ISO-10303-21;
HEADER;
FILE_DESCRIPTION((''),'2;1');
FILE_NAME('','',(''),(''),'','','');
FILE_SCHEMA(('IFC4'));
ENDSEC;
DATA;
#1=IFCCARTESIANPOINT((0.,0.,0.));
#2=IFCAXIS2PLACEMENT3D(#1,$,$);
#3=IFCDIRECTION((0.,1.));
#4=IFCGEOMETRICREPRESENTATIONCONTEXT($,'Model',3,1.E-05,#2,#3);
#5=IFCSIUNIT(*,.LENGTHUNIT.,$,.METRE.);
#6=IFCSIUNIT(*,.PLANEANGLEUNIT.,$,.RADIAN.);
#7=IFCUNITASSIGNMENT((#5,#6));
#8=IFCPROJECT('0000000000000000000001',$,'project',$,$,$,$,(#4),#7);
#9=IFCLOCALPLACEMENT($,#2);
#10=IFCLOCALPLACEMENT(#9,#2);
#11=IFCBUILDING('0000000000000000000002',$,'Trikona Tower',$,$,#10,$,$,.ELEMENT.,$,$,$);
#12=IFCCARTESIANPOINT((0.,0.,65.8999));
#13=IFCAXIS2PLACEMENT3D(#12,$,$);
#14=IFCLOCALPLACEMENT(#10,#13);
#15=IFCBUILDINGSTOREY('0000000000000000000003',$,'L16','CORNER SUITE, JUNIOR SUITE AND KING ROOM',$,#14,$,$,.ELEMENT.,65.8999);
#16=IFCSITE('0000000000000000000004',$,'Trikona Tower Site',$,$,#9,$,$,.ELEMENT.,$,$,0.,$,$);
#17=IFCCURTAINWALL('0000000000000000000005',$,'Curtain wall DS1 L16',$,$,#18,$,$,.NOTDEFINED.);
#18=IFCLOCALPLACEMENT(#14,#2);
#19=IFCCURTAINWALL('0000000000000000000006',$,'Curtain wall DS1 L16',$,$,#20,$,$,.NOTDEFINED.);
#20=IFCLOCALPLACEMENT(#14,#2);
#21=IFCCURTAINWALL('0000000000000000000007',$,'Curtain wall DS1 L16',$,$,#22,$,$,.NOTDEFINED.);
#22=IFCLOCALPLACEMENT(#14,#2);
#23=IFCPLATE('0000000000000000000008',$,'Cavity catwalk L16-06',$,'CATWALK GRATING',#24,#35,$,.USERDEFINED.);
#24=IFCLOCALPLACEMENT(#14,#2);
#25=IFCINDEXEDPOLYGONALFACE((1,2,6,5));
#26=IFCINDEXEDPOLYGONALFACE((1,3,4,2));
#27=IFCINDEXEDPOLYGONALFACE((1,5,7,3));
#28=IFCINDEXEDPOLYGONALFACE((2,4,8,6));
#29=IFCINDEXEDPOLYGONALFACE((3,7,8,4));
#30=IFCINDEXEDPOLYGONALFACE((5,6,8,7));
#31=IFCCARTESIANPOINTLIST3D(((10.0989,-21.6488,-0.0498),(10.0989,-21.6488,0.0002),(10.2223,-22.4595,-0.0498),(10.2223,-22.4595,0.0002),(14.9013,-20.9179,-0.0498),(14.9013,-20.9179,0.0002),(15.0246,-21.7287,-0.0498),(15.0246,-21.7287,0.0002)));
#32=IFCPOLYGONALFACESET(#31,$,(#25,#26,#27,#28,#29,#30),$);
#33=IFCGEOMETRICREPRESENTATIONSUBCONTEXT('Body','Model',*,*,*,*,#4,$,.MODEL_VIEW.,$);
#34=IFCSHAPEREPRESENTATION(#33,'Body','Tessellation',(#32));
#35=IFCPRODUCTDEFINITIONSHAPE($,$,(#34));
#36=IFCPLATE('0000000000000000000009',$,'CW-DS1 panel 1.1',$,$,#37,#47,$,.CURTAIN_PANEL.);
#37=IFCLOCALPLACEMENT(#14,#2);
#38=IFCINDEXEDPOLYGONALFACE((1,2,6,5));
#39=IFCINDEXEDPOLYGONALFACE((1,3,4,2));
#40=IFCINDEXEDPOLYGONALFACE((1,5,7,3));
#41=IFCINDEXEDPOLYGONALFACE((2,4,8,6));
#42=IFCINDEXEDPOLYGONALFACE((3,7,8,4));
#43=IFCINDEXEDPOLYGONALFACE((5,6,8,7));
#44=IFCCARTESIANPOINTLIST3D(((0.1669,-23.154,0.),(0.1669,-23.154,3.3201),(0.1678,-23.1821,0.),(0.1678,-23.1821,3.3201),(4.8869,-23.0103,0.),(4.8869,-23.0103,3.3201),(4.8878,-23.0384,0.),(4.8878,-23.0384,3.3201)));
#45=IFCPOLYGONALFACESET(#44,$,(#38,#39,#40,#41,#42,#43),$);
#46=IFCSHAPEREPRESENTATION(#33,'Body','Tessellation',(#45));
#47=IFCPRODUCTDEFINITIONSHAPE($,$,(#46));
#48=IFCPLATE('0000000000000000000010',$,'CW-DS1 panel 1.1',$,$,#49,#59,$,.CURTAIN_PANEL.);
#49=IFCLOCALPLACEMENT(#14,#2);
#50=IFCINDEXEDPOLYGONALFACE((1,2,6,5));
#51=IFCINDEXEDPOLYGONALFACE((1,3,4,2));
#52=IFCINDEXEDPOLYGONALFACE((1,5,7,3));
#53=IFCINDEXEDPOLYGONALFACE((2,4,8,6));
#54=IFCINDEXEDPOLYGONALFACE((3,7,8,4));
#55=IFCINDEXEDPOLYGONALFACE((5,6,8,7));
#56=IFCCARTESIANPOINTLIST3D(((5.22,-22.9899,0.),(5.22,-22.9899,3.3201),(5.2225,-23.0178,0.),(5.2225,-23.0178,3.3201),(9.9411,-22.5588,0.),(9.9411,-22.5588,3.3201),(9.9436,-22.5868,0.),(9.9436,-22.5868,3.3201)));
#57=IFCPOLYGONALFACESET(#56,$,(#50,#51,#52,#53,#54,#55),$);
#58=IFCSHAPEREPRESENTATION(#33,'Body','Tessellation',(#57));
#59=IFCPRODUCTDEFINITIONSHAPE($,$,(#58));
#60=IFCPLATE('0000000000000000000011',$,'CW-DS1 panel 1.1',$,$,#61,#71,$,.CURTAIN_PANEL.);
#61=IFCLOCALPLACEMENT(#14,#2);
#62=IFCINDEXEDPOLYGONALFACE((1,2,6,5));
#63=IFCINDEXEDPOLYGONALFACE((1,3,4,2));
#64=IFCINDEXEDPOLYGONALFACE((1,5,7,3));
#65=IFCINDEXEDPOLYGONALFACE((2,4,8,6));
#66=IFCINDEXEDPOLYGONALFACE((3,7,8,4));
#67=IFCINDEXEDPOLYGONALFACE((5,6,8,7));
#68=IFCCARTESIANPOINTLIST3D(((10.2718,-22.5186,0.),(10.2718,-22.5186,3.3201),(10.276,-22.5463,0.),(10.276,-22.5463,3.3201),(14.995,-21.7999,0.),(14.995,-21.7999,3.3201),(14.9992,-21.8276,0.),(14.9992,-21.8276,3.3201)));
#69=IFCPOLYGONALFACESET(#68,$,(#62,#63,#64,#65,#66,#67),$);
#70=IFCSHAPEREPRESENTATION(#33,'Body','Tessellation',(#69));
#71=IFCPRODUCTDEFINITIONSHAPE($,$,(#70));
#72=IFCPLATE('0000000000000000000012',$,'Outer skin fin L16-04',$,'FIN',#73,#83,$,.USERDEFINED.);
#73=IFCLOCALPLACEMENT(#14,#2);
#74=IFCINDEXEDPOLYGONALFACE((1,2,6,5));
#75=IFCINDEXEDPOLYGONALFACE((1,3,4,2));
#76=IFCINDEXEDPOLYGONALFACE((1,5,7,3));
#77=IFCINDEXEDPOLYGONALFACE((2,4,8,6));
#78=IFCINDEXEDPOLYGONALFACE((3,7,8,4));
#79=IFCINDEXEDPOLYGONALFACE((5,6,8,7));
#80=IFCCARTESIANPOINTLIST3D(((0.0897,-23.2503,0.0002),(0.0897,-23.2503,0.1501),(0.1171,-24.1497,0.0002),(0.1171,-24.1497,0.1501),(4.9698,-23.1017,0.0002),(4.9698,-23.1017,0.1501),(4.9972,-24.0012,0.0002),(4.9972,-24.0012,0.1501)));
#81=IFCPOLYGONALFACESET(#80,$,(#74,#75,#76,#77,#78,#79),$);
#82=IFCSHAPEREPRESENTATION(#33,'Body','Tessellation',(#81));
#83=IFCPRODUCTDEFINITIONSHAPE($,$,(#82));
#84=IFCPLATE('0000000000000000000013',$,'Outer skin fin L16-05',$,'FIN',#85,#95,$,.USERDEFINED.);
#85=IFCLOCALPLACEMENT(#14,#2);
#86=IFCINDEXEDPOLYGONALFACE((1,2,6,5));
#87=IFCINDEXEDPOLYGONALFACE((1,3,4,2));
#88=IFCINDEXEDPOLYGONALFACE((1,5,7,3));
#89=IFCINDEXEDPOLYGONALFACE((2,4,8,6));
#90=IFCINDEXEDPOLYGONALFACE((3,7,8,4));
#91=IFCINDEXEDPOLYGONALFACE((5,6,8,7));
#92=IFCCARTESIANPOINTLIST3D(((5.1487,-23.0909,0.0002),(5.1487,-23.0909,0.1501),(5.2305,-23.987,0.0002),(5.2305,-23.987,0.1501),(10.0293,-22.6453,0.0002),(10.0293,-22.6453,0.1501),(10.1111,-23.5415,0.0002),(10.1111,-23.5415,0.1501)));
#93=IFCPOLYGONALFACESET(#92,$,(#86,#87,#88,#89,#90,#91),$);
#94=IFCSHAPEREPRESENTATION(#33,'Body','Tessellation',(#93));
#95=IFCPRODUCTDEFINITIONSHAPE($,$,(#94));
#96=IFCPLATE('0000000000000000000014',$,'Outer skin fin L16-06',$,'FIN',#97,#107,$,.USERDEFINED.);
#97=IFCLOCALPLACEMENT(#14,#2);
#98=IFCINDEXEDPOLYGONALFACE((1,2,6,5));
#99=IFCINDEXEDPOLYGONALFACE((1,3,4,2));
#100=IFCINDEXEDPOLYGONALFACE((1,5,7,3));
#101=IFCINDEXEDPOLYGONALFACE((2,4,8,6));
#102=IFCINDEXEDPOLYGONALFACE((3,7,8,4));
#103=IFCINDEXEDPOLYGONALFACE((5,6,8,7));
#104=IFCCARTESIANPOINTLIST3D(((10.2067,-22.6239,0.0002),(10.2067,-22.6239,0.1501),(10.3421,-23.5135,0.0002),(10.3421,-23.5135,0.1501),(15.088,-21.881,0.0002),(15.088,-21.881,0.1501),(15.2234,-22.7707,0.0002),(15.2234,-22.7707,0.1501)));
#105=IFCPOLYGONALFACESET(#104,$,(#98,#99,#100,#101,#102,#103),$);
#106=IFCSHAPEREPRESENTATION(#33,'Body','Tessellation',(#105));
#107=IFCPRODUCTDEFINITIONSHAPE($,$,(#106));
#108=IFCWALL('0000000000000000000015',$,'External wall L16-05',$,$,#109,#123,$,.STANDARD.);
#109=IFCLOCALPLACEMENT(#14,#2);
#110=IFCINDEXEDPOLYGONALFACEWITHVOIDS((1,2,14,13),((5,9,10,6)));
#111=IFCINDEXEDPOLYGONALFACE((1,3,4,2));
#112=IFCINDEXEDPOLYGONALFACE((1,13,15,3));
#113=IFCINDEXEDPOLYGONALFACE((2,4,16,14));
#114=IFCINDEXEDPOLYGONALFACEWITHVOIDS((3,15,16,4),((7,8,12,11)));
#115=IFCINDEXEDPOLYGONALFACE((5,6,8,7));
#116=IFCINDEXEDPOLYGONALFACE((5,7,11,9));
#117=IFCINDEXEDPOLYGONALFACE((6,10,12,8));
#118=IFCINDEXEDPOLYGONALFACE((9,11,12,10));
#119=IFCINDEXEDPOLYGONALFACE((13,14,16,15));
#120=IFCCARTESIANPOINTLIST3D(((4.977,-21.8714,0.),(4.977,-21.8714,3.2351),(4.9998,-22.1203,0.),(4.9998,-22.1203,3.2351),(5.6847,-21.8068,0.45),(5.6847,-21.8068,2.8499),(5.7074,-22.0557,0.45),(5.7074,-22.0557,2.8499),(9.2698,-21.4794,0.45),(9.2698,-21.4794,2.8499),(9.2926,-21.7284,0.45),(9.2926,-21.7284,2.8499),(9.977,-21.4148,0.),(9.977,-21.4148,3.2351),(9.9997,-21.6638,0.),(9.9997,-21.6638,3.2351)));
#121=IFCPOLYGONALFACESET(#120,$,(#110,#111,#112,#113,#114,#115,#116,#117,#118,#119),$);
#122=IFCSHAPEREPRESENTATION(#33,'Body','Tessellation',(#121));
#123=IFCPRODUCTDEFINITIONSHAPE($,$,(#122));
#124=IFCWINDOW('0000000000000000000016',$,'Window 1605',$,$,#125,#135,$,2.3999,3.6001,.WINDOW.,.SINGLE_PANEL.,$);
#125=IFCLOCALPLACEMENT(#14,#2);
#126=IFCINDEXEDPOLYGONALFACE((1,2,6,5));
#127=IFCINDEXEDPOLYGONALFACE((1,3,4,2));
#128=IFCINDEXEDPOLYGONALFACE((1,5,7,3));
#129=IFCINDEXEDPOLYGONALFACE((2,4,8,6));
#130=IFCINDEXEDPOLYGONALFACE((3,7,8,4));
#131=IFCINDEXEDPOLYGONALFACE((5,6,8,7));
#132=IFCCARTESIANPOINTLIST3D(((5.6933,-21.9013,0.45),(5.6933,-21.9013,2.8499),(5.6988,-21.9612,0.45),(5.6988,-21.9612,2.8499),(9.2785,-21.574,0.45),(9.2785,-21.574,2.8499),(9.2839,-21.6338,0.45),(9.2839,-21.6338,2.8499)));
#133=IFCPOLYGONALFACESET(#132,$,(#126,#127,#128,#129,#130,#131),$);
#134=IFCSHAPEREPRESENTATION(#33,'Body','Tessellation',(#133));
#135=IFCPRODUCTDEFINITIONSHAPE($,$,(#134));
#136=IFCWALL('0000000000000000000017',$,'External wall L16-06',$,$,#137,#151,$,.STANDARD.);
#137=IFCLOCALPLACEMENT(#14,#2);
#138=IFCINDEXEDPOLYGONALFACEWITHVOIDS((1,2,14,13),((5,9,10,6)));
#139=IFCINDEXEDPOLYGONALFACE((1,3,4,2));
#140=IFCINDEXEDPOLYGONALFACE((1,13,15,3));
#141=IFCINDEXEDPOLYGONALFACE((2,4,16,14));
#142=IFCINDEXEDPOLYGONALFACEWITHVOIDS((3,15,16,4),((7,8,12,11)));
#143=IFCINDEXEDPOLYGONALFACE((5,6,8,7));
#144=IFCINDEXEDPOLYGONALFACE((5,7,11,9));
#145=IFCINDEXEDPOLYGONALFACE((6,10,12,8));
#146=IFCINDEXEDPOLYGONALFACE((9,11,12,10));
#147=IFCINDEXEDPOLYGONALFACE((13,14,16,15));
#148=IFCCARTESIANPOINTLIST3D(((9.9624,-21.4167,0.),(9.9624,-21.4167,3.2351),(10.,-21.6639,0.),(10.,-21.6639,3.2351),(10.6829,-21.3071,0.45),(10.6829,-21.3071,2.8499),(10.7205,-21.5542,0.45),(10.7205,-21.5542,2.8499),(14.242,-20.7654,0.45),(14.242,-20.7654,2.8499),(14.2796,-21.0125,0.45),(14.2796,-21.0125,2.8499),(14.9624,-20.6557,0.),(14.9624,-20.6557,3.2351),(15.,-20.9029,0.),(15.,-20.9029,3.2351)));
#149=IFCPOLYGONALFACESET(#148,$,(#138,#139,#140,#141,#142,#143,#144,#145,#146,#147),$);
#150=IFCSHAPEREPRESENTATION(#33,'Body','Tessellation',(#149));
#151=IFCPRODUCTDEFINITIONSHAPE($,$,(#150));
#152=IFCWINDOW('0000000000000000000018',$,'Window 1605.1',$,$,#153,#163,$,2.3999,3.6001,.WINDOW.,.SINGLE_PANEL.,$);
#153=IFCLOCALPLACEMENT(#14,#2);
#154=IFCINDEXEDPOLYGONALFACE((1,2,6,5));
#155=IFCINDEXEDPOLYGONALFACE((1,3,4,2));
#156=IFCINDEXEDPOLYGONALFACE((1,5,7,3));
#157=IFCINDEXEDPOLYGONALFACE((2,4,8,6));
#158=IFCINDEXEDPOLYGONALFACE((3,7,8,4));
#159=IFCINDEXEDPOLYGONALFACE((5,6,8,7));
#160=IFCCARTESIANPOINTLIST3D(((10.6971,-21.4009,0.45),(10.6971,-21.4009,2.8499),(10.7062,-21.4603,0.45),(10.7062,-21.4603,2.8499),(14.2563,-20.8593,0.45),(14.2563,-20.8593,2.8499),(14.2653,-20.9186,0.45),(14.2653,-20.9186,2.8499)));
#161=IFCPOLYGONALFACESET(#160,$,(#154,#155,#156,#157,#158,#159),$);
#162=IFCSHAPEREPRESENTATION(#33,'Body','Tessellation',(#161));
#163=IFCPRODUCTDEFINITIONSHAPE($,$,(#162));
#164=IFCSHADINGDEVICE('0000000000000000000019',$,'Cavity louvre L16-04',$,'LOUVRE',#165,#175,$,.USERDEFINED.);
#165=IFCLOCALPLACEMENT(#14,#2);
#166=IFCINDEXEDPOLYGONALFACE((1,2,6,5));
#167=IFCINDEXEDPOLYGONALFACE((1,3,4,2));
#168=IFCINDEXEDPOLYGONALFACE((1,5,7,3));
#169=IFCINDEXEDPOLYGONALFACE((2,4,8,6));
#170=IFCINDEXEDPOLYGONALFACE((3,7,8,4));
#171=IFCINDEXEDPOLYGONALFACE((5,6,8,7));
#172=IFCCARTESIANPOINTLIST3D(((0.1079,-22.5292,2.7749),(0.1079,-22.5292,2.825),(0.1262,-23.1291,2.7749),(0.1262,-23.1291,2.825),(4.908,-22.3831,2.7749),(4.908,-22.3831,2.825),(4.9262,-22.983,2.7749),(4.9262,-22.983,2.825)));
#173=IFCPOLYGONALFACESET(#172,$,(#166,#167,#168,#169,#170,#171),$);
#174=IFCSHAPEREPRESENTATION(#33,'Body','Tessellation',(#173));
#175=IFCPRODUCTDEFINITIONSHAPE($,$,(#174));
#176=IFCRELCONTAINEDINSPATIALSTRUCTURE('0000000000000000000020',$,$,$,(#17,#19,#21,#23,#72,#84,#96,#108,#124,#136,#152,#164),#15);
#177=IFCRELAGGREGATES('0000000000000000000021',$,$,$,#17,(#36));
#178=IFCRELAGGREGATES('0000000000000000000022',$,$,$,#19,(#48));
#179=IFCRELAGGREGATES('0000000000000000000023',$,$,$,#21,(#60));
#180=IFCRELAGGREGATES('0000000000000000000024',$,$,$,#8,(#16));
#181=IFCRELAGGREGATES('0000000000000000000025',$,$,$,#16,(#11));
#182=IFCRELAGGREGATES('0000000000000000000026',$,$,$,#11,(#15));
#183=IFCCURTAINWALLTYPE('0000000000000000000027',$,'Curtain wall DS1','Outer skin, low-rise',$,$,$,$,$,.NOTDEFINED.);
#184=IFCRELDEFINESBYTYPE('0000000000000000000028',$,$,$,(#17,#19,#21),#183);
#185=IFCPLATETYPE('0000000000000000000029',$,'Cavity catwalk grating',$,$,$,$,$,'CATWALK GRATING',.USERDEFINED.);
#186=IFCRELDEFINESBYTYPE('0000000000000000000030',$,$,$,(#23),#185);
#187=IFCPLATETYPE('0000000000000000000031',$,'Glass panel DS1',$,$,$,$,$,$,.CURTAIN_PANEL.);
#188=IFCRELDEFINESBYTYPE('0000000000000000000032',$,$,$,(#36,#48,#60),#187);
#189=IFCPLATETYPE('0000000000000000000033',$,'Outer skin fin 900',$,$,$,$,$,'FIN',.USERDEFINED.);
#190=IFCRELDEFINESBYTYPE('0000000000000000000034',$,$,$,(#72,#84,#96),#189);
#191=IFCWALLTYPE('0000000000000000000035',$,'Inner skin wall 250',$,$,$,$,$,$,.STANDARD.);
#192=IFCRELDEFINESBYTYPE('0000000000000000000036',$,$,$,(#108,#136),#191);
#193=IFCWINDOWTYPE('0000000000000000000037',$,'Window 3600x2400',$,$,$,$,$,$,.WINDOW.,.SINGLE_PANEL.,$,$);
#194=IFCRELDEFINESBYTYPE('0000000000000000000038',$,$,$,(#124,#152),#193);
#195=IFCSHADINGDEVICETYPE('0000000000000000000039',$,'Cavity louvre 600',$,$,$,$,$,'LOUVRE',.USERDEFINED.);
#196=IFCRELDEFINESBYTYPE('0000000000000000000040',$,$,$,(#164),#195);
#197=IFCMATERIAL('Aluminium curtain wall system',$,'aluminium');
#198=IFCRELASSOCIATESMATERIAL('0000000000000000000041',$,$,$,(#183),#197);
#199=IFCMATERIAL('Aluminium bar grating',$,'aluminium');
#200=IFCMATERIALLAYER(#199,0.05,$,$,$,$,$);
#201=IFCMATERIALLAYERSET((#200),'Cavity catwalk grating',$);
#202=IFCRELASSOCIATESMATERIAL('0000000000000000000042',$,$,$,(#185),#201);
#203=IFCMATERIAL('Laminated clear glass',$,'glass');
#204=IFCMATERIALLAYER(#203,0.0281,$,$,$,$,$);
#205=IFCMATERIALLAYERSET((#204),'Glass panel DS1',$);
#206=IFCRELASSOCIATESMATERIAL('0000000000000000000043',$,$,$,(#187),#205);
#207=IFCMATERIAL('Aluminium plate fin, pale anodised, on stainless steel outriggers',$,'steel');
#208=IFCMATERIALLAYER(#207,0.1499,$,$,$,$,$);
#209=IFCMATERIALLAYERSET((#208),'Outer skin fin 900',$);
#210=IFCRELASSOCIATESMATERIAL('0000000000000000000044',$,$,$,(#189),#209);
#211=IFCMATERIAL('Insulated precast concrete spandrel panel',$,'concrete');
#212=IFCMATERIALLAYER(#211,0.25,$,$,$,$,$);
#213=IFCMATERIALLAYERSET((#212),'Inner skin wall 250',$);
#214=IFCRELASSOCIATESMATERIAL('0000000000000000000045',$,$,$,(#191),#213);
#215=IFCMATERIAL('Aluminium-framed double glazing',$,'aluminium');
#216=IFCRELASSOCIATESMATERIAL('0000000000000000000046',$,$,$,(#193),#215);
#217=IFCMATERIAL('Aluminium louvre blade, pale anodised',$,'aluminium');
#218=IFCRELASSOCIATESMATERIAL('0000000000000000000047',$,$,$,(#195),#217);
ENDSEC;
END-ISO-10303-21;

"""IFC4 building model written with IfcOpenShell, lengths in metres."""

from ifc_helpers import new_model, si_unit, direction, frame, frame_2d, origin, origin_2d, place, context, subcontext, project, spatial, rectangle, extrude, material, layer, layer_set, type_object, element, fill, aggregate, save


model = new_model("IFC4")

# Units and contexts
model_context = context("Model", 3, precision=1e-05, world=origin(), true_north=direction((0.0, 1.0)))
body_context = subcontext(model_context, "Body", "Model", "MODEL_VIEW")
ifc_project = project(units=[si_unit("LENGTHUNIT", "METRE"), si_unit("PLANEANGLEUNIT", "RADIAN")], contexts=[model_context])

# Site, building, storey
site_placement = place(None, origin())
site = spatial("IfcSite", under=ifc_project, at=site_placement, Name="Trikona Tower Site", CompositionType="ELEMENT", RefElevation=0.0)
building_placement = place(site_placement, origin())
building = spatial("IfcBuilding", under=site, at=building_placement, Name="Trikona Tower", CompositionType="ELEMENT")
storey_placement = place(building_placement, frame((0.0, 0.0, 65.8999)))
storey = spatial("IfcBuildingStorey", under=building, at=storey_placement, Name="L16", Description="CORNER SUITE, JUNIOR SUITE AND KING ROOM", CompositionType="ELEMENT", Elevation=65.8999)

# Curtain walls
ifc_material_1 = material(Name="Aluminium curtain wall system", Category="aluminium")
curtain_wall_type = type_object("IfcCurtainWallType", Name="Curtain wall DS1", Description="Outer skin, low-rise", PredefinedType="NOTDEFINED", material=ifc_material_1)
curtain_wall_1_placement = place(storey_placement, origin())
curtain_wall_1 = element("IfcCurtainWall", 1, at=curtain_wall_1_placement, inside=storey, type_object=curtain_wall_type, Name="Curtain wall DS1 L16", PredefinedType="NOTDEFINED")
curtain_wall_2_placement = place(storey_placement, origin())
curtain_wall_2 = element("IfcCurtainWall", 2, at=curtain_wall_2_placement, inside=storey, type_object=curtain_wall_type, Name="Curtain wall DS1 L16", PredefinedType="NOTDEFINED")

# Curtain wall
curtain_wall_3_placement = place(storey_placement, origin())
curtain_wall_3 = element("IfcCurtainWall", 3, at=curtain_wall_3_placement, inside=storey, type_object=curtain_wall_type, Name="Curtain wall DS1 L16", PredefinedType="NOTDEFINED")

# Plate
ifc_material_2 = material(Name="Aluminium bar grating", Category="aluminium")
ifc_layer_1 = layer(ifc_material_2, 0.05)
ifc_layer_set_1 = layer_set([ifc_layer_1], Name="Cavity catwalk grating")
plate_type_1 = type_object("IfcPlateType", Name="Cavity catwalk grating", ElementType="CATWALK GRATING", PredefinedType="USERDEFINED", material=ifc_layer_set_1)
plate_1_placement = place(storey_placement, frame((12.5618, -21.6887, -0.0498), z_axis=(0.0, 0.0, 1.0), x_axis=(0.988618, 0.150448, 0.0)))
element("IfcPlate", 4, at=plate_1_placement, inside=storey, type_object=plate_type_1, Name="Cavity catwalk L16-06", ObjectType="CATWALK GRATING", PredefinedType="USERDEFINED", context=body_context, shape_type="SweptSolid", body=[
    extrude(rectangle(XDim=4.8577, YDim=0.8201, at=origin_2d()), origin(), (0.0, 0.0, 1.0), 0.05),
])

# Plates
ifc_material_3 = material(Name="Laminated clear glass", Category="glass")
ifc_layer_2 = layer(ifc_material_3, 0.0281)
ifc_layer_set_2 = layer_set([ifc_layer_2], Name="Glass panel DS1")
plate_type_2 = type_object("IfcPlateType", Name="Glass panel DS1", PredefinedType="CURTAIN_PANEL", material=ifc_layer_set_2)
plate_2_placement = place(storey_placement, frame((2.5273, -23.0962, 0.0), z_axis=(0.0, 0.0, 1.0), x_axis=(0.999537, 0.030437, 0.0)))
plate_2 = element("IfcPlate", 5, at=plate_2_placement, type_object=plate_type_2, Name="CW-DS1 panel 1.1", PredefinedType="CURTAIN_PANEL", context=body_context, shape_type="SweptSolid", body=[
    extrude(rectangle(XDim=4.7222, YDim=0.0281, at=origin_2d()), origin(), (0.0, 0.0, 1.0), 3.3201),
])
aggregate(curtain_wall_1, [plate_2])
plate_3_placement = place(storey_placement, frame((7.5818, -22.7883, 0.0), z_axis=(0.0, 0.0, 1.0), x_axis=(0.995858, 0.090924, 0.0)))
plate_3 = element("IfcPlate", 6, at=plate_3_placement, type_object=plate_type_2, Name="CW-DS1 panel 1.1", PredefinedType="CURTAIN_PANEL", context=body_context, shape_type="SweptSolid", body=[
    extrude(rectangle(XDim=4.7407, YDim=0.0281, at=origin_2d()), origin(), (0.0, 0.0, 1.0), 3.3201),
])
aggregate(curtain_wall_2, [plate_3])
plate_4_placement = place(storey_placement, frame((12.6355, -22.1731, 0.0), z_axis=(0.0, 0.0, 1.0), x_axis=(0.988619, 0.150438, 0.0)))
plate_4 = element("IfcPlate", 7, at=plate_4_placement, type_object=plate_type_2, Name="CW-DS1 panel 1.1", PredefinedType="CURTAIN_PANEL", context=body_context, shape_type="SweptSolid", body=[
    extrude(rectangle(XDim=4.7776, YDim=0.0281, at=origin_2d()), origin(), (0.0, 0.0, 1.0), 3.3201),
])
aggregate(curtain_wall_3, [plate_4])

# Plates
ifc_material_4 = material(Name="Aluminium plate fin, pale anodised, on stainless steel outriggers", Category="steel")
ifc_layer_3 = layer(ifc_material_4, 0.1499)
ifc_layer_set_3 = layer_set([ifc_layer_3], Name="Outer skin fin 900")
plate_type_3 = type_object("IfcPlateType", Name="Outer skin fin 900", ElementType="FIN", PredefinedType="USERDEFINED", material=ifc_layer_set_3)
plate_5_placement = place(storey_placement, frame((2.5435, -23.6257, 0.0002), z_axis=(0.0, 0.0, 1.0), x_axis=(0.999537, 0.030425, 0.0)))
element("IfcPlate", 8, at=plate_5_placement, inside=storey, type_object=plate_type_3, Name="Outer skin fin L16-04", ObjectType="FIN", PredefinedType="USERDEFINED", context=body_context, shape_type="SweptSolid", body=[
    extrude(rectangle(XDim=4.8823, YDim=0.8999, at=origin_2d()), origin(), (0.0, 0.0, 1.0), 0.1499),
])
plate_6_placement = place(storey_placement, frame((7.6299, -23.3162, 0.0002), z_axis=(0.0, 0.0, 1.0), x_axis=(0.995858, 0.090921, 0.0)))
element("IfcPlate", 9, at=plate_6_placement, inside=storey, type_object=plate_type_3, Name="Outer skin fin L16-05", ObjectType="FIN", PredefinedType="USERDEFINED", context=body_context, shape_type="SweptSolid", body=[
    extrude(rectangle(XDim=4.9009, YDim=0.8999, at=origin_2d()), origin(), (0.0, 0.0, 1.0), 0.1499),
])
plate_7_placement = place(storey_placement, frame((12.7151, -22.6973, 0.0002), z_axis=(0.0, 0.0, 1.0), x_axis=(0.988618, 0.150448, 0.0)))
element("IfcPlate", 10, at=plate_7_placement, inside=storey, type_object=plate_type_3, Name="Outer skin fin L16-06", ObjectType="FIN", PredefinedType="USERDEFINED", context=body_context, shape_type="SweptSolid", body=[
    extrude(rectangle(XDim=4.9375, YDim=0.8999, at=origin_2d()), origin(), (0.0, 0.0, 1.0), 0.1499),
])

# Walls, openings, windows
ifc_material_5 = material(Name="Insulated precast concrete spandrel panel", Category="concrete")
ifc_layer_4 = layer(ifc_material_5, 0.25)
ifc_layer_set_4 = layer_set([ifc_layer_4], Name="Inner skin wall 250")
wall_type = type_object("IfcWallType", Name="Inner skin wall 250", PredefinedType="STANDARD", material=ifc_layer_set_4)
wall_1_placement = place(storey_placement, frame((4.9885, -21.9958, 0.0), z_axis=(0.0, 0.0, 1.0), x_axis=(0.995857, 0.09093, 0.0)))
wall_1 = element("IfcWall", 11, at=wall_1_placement, inside=storey, type_object=wall_type, Name="External wall L16-05", PredefinedType="STANDARD", context=body_context, shape_type="SweptSolid", body=[
    extrude(rectangle(XDim=5.0208, YDim=0.25, at=frame_2d((2.5103, 0.0))), origin(), (0.0, 0.0, 1.0), 3.2351),
])
opening_1_placement = place(wall_1_placement, frame((0.7104, 0.0, 0.45)))
opening_1 = element("IfcOpeningElement", 12, at=opening_1_placement, cuts=wall_1, PredefinedType="OPENING", context=body_context, shape_type="SweptSolid", body=[
    extrude(rectangle(XDim=3.6001, YDim=2.3999, at=frame_2d((1.8, 1.2))), frame((0.0, 0.135, 0.0), z_axis=(0.0, -1.0, 0.0), x_axis=(1.0, 0.0, 0.0)), (0.0, 0.0, 1.0), 0.27),
])
ifc_material_6 = material(Name="Aluminium-framed double glazing", Category="aluminium")
window_type = type_object("IfcWindowType", Name="Window 3600x2400", PartitioningType="SINGLE_PANEL", PredefinedType="WINDOW", material=ifc_material_6)
window_1_placement = place(opening_1_placement, origin())
window_1 = element("IfcWindow", 13, at=window_1_placement, inside=storey, type_object=window_type, Name="Window 1605", OverallHeight=2.3999, OverallWidth=3.6001, PartitioningType="SINGLE_PANEL", PredefinedType="WINDOW", context=body_context, shape_type="SweptSolid", body=[
    extrude(rectangle(XDim=3.6001, YDim=2.3999, at=frame_2d((1.8, 1.2))), frame((0.0, 0.03, 0.0), z_axis=(0.0, -1.0, 0.0), x_axis=(1.0, 0.0, 0.0)), (0.0, 0.0, 1.0), 0.0601),
])
fill(opening_1, window_1)
wall_2_placement = place(storey_placement, frame((9.9812, -21.5403, 0.0), z_axis=(0.0, 0.0, 1.0), x_axis=(0.988615, 0.150465, 0.0)))
wall_2 = element("IfcWall", 14, at=wall_2_placement, inside=storey, type_object=wall_type, Name="External wall L16-06", PredefinedType="STANDARD", context=body_context, shape_type="SweptSolid", body=[
    extrude(rectangle(XDim=5.0576, YDim=0.25, at=frame_2d((2.5288, 0.0))), origin(), (0.0, 0.0, 1.0), 3.2351),
])
opening_2_placement = place(wall_2_placement, frame((0.7288, 0.0, 0.45)))
opening_2 = element("IfcOpeningElement", 15, at=opening_2_placement, cuts=wall_2, PredefinedType="OPENING", context=body_context, shape_type="SweptSolid", body=[
    extrude(rectangle(XDim=3.6001, YDim=2.3999, at=frame_2d((1.8, 1.2))), frame((0.0, 0.135, 0.0), z_axis=(0.0, -1.0, 0.0), x_axis=(1.0, 0.0, 0.0)), (0.0, 0.0, 1.0), 0.27),
])
window_2_placement = place(opening_2_placement, origin())
window_2 = element("IfcWindow", 16, at=window_2_placement, inside=storey, type_object=window_type, Name="Window 1605.1", OverallHeight=2.3999, OverallWidth=3.6001, PartitioningType="SINGLE_PANEL", PredefinedType="WINDOW", context=body_context, shape_type="SweptSolid", body=[
    extrude(rectangle(XDim=3.6001, YDim=2.3999, at=frame_2d((1.8, 1.2))), frame((0.0, 0.03, 0.0), z_axis=(0.0, -1.0, 0.0), x_axis=(1.0, 0.0, 0.0)), (0.0, 0.0, 1.0), 0.0601),
])
fill(opening_2, window_2)

# Shading device
ifc_material_7 = material(Name="Aluminium louvre blade, pale anodised", Category="aluminium")
shading_device_type = type_object("IfcShadingDeviceType", Name="Cavity louvre 600", ElementType="LOUVRE", PredefinedType="USERDEFINED", material=ifc_material_7)
shading_device_1_placement = place(storey_placement, frame((2.5171, -22.7561, 2.7749), z_axis=(0.0, 0.0, 1.0), x_axis=(0.999537, 0.030425, 0.0)))
element("IfcShadingDevice", 17, at=shading_device_1_placement, inside=storey, type_object=shading_device_type, Name="Cavity louvre L16-04", ObjectType="LOUVRE", PredefinedType="USERDEFINED", context=body_context, shape_type="SweptSolid", body=[
    extrude(rectangle(XDim=4.8022, YDim=0.6001, at=origin_2d()), origin(), (0.0, 0.0, 1.0), 0.05),
])

save(model, "model.ifc")
